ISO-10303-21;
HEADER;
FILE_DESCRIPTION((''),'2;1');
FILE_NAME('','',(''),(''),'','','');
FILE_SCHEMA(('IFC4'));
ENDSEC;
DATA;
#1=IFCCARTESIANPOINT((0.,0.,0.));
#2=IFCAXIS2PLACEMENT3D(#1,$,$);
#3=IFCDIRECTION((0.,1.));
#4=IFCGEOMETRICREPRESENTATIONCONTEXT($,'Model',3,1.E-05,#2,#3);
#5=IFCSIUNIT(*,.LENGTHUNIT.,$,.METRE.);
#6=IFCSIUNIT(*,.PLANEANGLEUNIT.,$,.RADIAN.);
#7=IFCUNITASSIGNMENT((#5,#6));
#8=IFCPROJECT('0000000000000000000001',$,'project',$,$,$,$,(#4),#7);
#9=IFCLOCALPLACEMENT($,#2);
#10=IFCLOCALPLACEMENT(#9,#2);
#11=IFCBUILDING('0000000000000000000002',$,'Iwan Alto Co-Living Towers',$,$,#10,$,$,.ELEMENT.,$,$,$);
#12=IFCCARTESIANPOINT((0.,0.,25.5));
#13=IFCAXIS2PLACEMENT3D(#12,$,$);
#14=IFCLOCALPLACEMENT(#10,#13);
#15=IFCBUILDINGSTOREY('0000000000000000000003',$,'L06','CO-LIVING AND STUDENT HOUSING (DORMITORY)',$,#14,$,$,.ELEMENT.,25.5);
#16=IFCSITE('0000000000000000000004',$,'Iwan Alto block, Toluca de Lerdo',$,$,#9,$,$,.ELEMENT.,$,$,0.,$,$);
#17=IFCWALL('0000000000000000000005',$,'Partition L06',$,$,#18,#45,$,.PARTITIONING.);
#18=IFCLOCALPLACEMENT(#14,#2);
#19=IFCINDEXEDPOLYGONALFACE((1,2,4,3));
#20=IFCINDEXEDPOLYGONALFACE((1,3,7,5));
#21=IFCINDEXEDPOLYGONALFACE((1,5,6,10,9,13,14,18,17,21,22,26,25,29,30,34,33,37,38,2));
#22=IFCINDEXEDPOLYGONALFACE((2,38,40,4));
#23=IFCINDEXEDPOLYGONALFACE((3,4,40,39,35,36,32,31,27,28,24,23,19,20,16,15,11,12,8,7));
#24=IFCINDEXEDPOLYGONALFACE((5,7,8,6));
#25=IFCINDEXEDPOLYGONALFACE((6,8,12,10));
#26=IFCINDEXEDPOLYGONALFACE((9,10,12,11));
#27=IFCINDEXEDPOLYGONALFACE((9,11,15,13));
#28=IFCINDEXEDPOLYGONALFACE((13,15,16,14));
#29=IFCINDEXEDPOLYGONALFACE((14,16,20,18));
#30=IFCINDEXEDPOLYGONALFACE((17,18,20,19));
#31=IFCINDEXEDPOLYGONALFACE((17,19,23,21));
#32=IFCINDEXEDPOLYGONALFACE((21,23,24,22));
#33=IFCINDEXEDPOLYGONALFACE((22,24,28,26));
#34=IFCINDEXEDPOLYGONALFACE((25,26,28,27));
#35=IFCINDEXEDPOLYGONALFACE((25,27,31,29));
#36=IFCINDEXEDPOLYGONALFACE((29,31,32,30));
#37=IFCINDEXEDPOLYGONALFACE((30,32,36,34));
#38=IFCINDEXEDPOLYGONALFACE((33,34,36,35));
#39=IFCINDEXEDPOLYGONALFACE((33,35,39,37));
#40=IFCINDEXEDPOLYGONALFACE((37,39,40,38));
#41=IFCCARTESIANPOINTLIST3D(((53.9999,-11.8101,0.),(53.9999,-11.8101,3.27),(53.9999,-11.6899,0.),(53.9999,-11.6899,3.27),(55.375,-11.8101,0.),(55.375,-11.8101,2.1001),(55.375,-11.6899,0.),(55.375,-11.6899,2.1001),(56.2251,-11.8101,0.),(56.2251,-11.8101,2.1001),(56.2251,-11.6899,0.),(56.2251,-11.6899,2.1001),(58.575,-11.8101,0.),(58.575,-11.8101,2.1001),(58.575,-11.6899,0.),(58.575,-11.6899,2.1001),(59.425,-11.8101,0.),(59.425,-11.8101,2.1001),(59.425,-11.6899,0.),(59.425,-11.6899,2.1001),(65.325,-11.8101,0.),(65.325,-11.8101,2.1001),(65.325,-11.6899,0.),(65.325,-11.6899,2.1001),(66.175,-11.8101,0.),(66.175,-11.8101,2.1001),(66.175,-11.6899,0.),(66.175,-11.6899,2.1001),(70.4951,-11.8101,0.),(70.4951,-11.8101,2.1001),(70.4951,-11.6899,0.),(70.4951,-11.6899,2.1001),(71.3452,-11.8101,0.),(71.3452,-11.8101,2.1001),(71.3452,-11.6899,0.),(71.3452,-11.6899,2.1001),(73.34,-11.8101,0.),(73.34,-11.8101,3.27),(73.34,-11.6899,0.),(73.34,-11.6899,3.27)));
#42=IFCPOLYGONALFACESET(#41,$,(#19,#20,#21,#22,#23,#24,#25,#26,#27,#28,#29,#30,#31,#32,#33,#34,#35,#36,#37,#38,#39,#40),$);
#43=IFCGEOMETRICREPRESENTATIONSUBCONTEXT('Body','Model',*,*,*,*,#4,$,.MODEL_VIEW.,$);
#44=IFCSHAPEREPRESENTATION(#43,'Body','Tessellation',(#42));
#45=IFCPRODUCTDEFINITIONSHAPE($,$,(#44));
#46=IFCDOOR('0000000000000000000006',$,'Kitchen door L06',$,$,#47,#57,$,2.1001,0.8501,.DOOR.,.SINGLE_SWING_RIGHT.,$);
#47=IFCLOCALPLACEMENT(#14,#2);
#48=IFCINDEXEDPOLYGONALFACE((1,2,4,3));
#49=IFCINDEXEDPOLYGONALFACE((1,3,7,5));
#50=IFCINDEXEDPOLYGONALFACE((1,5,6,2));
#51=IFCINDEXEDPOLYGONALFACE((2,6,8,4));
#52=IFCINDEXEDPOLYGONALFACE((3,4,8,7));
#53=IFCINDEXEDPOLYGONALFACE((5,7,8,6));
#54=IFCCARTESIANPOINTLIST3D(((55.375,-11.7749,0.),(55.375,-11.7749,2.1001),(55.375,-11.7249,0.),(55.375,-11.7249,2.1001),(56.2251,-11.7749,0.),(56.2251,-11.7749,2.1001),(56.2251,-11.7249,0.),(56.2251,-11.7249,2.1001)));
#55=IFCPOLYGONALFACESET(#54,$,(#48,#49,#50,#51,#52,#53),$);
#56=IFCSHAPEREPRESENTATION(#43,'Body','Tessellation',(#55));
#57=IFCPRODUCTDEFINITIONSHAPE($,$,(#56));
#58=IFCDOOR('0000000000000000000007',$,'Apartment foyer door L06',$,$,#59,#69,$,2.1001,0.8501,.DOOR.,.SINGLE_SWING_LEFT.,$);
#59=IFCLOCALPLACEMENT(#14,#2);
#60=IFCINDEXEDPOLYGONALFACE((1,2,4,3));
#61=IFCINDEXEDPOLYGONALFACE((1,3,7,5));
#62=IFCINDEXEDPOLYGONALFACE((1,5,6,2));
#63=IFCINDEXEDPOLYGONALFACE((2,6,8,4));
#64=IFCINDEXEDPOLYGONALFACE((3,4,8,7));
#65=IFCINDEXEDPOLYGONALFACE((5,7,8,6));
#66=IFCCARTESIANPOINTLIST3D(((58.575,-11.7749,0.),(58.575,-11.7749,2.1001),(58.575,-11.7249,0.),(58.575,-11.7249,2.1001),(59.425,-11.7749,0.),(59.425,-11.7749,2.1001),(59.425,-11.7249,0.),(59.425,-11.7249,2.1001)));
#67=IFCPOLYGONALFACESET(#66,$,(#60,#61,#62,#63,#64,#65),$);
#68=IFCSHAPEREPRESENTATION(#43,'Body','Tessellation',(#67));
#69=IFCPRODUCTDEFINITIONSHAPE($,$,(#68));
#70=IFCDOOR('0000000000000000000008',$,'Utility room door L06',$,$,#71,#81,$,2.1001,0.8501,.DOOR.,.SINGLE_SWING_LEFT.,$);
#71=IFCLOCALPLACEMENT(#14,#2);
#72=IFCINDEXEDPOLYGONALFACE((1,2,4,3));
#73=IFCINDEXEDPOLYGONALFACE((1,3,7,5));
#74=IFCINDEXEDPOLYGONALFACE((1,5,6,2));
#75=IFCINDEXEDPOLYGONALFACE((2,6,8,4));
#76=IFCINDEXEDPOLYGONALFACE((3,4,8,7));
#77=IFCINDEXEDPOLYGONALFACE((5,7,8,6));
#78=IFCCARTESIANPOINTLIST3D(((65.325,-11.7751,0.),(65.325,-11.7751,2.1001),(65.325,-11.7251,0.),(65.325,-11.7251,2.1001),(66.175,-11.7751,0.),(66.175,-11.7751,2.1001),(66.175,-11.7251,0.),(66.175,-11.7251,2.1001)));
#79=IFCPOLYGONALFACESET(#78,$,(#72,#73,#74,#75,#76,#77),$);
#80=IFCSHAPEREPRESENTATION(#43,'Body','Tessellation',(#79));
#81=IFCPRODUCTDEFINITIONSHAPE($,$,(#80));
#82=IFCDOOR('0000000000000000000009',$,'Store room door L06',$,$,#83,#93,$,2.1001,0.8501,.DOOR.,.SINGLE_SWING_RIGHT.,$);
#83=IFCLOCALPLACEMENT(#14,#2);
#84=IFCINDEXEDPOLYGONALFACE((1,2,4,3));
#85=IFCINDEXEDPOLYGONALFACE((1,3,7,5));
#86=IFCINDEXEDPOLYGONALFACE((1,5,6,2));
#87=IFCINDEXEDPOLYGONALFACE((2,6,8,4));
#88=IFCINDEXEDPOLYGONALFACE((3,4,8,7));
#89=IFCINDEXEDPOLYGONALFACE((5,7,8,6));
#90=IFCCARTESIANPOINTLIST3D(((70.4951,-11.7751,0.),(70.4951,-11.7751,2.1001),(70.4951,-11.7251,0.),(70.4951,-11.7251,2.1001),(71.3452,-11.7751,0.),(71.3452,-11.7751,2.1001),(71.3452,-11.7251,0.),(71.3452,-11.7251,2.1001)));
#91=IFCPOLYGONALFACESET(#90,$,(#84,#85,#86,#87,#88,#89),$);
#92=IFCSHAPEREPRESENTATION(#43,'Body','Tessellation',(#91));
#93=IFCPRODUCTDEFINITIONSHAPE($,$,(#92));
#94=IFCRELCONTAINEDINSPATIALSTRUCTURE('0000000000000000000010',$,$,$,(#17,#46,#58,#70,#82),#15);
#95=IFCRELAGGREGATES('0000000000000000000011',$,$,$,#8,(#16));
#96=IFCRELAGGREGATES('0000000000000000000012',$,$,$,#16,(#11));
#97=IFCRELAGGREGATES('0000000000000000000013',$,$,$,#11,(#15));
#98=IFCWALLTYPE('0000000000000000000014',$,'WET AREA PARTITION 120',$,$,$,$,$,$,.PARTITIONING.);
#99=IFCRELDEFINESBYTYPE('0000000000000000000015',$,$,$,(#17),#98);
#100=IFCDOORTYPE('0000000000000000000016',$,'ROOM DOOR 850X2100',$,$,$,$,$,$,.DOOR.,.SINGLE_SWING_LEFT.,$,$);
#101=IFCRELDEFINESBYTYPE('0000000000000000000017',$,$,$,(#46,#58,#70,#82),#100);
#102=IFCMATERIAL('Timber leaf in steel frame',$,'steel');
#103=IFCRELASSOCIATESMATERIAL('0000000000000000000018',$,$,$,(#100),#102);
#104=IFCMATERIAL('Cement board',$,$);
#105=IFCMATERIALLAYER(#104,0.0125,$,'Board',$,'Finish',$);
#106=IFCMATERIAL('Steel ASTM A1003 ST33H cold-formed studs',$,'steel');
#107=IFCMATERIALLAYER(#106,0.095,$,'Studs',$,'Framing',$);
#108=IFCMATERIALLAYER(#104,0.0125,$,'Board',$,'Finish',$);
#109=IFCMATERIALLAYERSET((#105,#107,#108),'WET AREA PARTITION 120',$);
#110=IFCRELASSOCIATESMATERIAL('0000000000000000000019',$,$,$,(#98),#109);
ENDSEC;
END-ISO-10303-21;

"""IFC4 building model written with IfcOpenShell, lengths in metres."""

from ifc_helpers import new_model, si_unit, direction, frame, frame_2d, origin, place, context, subcontext, project, spatial, rectangle, extrude, material, layer, layer_set, type_object, element, fill, save


model = new_model("IFC4")

# Units and contexts
model_context = context("Model", 3, precision=1e-05, world=origin(), true_north=direction((0.0, 1.0)))
body_context = subcontext(model_context, "Body", "Model", "MODEL_VIEW")
ifc_project = project(units=[si_unit("LENGTHUNIT", "METRE"), si_unit("PLANEANGLEUNIT", "RADIAN")], contexts=[model_context])

# Site, building, storey
site_placement = place(None, origin())
site = spatial("IfcSite", under=ifc_project, at=site_placement, Name="Iwan Alto block, Toluca de Lerdo", CompositionType="ELEMENT", RefElevation=0.0)
building_placement = place(site_placement, origin())
building = spatial("IfcBuilding", under=site, at=building_placement, Name="Iwan Alto Co-Living Towers", CompositionType="ELEMENT")
storey_placement = place(building_placement, frame((0.0, 0.0, 25.5)))
storey = spatial("IfcBuildingStorey", under=building, at=storey_placement, Name="L06", Description="CO-LIVING AND STUDENT HOUSING (DORMITORY)", CompositionType="ELEMENT", Elevation=25.5)

# Shared definitions
ifc_material_1 = material(Name="Steel ASTM A1003 ST33H cold-formed studs", Category="steel")

# Shared definitions
ifc_material_2 = material(Name="Timber leaf in steel frame", Category="steel")
door_type = type_object("IfcDoorType", Name="ROOM DOOR 850X2100", OperationType="SINGLE_SWING_LEFT", PredefinedType="DOOR", material=ifc_material_2)

# Shared definitions
ifc_material_3 = material(Name="Cement board")
ifc_layer_1 = layer(ifc_material_3, 0.0125, Name="Board", Category="Finish")
ifc_layer_2 = layer(ifc_material_1, 0.095, Name="Studs", Category="Framing")
ifc_layer_3 = layer(ifc_material_3, 0.0125, Name="Board", Category="Finish")
ifc_layer_set_1 = layer_set([ifc_layer_1, ifc_layer_2, ifc_layer_3], Name="WET AREA PARTITION 120")
wall_type_1 = type_object("IfcWallType", Name="WET AREA PARTITION 120", PredefinedType="PARTITIONING", material=ifc_layer_set_1)

# Wall, openings, doors
wall_1_placement = place(storey_placement, frame((54.0, -11.75, 0.0), z_axis=(0.0, 0.0, 1.0), x_axis=(1.0, 0.0, 0.0)))
wall_1 = element("IfcWall", 1, at=wall_1_placement, inside=storey, type_object=wall_type_1, Name="Partition L06", PredefinedType="PARTITIONING", context=body_context, shape_type="SweptSolid", body=[
    extrude(rectangle(XDim=19.3401, YDim=0.1201, at=frame_2d((9.6699, 0.0))), origin(), (0.0, 0.0, 1.0), 3.27),
])
opening_1_placement = place(wall_1_placement, frame((1.375, 0.0, 0.0)))
opening_1 = element("IfcOpeningElement", 2, at=opening_1_placement, cuts=wall_1, PredefinedType="OPENING", context=body_context, shape_type="SweptSolid", body=[
    extrude(rectangle(XDim=0.8501, YDim=2.1001, at=frame_2d((0.425, 1.05))), frame((0.0, 0.0701, 0.0), z_axis=(0.0, -1.0, 0.0), x_axis=(1.0, 0.0, 0.0)), (0.0, 0.0, 1.0), 0.1401),
])
opening_2_placement = place(wall_1_placement, frame((4.575, 0.0, 0.0)))
opening_2 = element("IfcOpeningElement", 3, at=opening_2_placement, cuts=wall_1, PredefinedType="OPENING", context=body_context, shape_type="SweptSolid", body=[
    extrude(rectangle(XDim=0.8501, YDim=2.1001, at=frame_2d((0.425, 1.05))), frame((0.0, 0.0701, 0.0), z_axis=(0.0, -1.0, 0.0), x_axis=(1.0, 0.0, 0.0)), (0.0, 0.0, 1.0), 0.1401),
])
opening_3_placement = place(wall_1_placement, frame((11.325, 0.0, 0.0)))
opening_3 = element("IfcOpeningElement", 4, at=opening_3_placement, cuts=wall_1, PredefinedType="OPENING", context=body_context, shape_type="SweptSolid", body=[
    extrude(rectangle(XDim=0.8501, YDim=2.1001, at=frame_2d((0.425, 1.05))), frame((0.0, 0.0701, 0.0), z_axis=(0.0, -1.0, 0.0), x_axis=(1.0, 0.0, 0.0)), (0.0, 0.0, 1.0), 0.1401),
])
opening_4_placement = place(wall_1_placement, frame((16.4951, 0.0, 0.0)))
opening_4 = element("IfcOpeningElement", 5, at=opening_4_placement, cuts=wall_1, PredefinedType="OPENING", context=body_context, shape_type="SweptSolid", body=[
    extrude(rectangle(XDim=0.8501, YDim=2.1001, at=frame_2d((0.425, 1.05))), frame((0.0, 0.0701, 0.0), z_axis=(0.0, -1.0, 0.0), x_axis=(1.0, 0.0, 0.0)), (0.0, 0.0, 1.0), 0.1401),
])
door_1_placement = place(opening_1_placement, frame((0.8501, 0.0, 0.0), z_axis=(0.0, 0.0, 1.0), x_axis=(-1.0, 0.0, 0.0)))
door_1 = element("IfcDoor", 6, at=door_1_placement, inside=storey, type_object=door_type, Name="Kitchen door L06", OperationType="SINGLE_SWING_RIGHT", OverallHeight=2.1001, OverallWidth=0.8501, PredefinedType="DOOR", context=body_context, shape_type="SweptSolid", body=[
    extrude(rectangle(XDim=0.8501, YDim=2.1001, at=frame_2d((0.425, 1.05))), frame((0.0, 0.0249, 0.0), z_axis=(0.0, -1.0, 0.0), x_axis=(1.0, 0.0, 0.0)), (0.0, 0.0, 1.0), 0.05),
])
fill(opening_1, door_1)
door_2_placement = place(opening_2_placement, frame((0.8501, 0.0, 0.0), z_axis=(0.0, 0.0, 1.0), x_axis=(-1.0, 0.0, 0.0)))
door_2 = element("IfcDoor", 7, at=door_2_placement, inside=storey, type_object=door_type, Name="Apartment foyer door L06", OperationType="SINGLE_SWING_LEFT", OverallHeight=2.1001, OverallWidth=0.8501, PredefinedType="DOOR", context=body_context, shape_type="SweptSolid", body=[
    extrude(rectangle(XDim=0.8501, YDim=2.1001, at=frame_2d((0.425, 1.05))), frame((0.0, 0.0249, 0.0), z_axis=(0.0, -1.0, 0.0), x_axis=(1.0, 0.0, 0.0)), (0.0, 0.0, 1.0), 0.05),
])
fill(opening_2, door_2)
door_3_placement = place(opening_3_placement, origin())
door_3 = element("IfcDoor", 8, at=door_3_placement, inside=storey, type_object=door_type, Name="Utility room door L06", OperationType="SINGLE_SWING_LEFT", OverallHeight=2.1001, OverallWidth=0.8501, PredefinedType="DOOR", context=body_context, shape_type="SweptSolid", body=[
    extrude(rectangle(XDim=0.8501, YDim=2.1001, at=frame_2d((0.425, 1.05))), frame((0.0, 0.0249, 0.0), z_axis=(0.0, -1.0, 0.0), x_axis=(1.0, 0.0, 0.0)), (0.0, 0.0, 1.0), 0.05),
])
fill(opening_3, door_3)
door_4_placement = place(opening_4_placement, origin())
door_4 = element("IfcDoor", 9, at=door_4_placement, inside=storey, type_object=door_type, Name="Store room door L06", OperationType="SINGLE_SWING_RIGHT", OverallHeight=2.1001, OverallWidth=0.8501, PredefinedType="DOOR", context=body_context, shape_type="SweptSolid", body=[
    extrude(rectangle(XDim=0.8501, YDim=2.1001, at=frame_2d((0.425, 1.05))), frame((0.0, 0.0249, 0.0), z_axis=(0.0, -1.0, 0.0), x_axis=(1.0, 0.0, 0.0)), (0.0, 0.0, 1.0), 0.05),
])
fill(opening_4, door_4)

save(model, "model.ifc")
